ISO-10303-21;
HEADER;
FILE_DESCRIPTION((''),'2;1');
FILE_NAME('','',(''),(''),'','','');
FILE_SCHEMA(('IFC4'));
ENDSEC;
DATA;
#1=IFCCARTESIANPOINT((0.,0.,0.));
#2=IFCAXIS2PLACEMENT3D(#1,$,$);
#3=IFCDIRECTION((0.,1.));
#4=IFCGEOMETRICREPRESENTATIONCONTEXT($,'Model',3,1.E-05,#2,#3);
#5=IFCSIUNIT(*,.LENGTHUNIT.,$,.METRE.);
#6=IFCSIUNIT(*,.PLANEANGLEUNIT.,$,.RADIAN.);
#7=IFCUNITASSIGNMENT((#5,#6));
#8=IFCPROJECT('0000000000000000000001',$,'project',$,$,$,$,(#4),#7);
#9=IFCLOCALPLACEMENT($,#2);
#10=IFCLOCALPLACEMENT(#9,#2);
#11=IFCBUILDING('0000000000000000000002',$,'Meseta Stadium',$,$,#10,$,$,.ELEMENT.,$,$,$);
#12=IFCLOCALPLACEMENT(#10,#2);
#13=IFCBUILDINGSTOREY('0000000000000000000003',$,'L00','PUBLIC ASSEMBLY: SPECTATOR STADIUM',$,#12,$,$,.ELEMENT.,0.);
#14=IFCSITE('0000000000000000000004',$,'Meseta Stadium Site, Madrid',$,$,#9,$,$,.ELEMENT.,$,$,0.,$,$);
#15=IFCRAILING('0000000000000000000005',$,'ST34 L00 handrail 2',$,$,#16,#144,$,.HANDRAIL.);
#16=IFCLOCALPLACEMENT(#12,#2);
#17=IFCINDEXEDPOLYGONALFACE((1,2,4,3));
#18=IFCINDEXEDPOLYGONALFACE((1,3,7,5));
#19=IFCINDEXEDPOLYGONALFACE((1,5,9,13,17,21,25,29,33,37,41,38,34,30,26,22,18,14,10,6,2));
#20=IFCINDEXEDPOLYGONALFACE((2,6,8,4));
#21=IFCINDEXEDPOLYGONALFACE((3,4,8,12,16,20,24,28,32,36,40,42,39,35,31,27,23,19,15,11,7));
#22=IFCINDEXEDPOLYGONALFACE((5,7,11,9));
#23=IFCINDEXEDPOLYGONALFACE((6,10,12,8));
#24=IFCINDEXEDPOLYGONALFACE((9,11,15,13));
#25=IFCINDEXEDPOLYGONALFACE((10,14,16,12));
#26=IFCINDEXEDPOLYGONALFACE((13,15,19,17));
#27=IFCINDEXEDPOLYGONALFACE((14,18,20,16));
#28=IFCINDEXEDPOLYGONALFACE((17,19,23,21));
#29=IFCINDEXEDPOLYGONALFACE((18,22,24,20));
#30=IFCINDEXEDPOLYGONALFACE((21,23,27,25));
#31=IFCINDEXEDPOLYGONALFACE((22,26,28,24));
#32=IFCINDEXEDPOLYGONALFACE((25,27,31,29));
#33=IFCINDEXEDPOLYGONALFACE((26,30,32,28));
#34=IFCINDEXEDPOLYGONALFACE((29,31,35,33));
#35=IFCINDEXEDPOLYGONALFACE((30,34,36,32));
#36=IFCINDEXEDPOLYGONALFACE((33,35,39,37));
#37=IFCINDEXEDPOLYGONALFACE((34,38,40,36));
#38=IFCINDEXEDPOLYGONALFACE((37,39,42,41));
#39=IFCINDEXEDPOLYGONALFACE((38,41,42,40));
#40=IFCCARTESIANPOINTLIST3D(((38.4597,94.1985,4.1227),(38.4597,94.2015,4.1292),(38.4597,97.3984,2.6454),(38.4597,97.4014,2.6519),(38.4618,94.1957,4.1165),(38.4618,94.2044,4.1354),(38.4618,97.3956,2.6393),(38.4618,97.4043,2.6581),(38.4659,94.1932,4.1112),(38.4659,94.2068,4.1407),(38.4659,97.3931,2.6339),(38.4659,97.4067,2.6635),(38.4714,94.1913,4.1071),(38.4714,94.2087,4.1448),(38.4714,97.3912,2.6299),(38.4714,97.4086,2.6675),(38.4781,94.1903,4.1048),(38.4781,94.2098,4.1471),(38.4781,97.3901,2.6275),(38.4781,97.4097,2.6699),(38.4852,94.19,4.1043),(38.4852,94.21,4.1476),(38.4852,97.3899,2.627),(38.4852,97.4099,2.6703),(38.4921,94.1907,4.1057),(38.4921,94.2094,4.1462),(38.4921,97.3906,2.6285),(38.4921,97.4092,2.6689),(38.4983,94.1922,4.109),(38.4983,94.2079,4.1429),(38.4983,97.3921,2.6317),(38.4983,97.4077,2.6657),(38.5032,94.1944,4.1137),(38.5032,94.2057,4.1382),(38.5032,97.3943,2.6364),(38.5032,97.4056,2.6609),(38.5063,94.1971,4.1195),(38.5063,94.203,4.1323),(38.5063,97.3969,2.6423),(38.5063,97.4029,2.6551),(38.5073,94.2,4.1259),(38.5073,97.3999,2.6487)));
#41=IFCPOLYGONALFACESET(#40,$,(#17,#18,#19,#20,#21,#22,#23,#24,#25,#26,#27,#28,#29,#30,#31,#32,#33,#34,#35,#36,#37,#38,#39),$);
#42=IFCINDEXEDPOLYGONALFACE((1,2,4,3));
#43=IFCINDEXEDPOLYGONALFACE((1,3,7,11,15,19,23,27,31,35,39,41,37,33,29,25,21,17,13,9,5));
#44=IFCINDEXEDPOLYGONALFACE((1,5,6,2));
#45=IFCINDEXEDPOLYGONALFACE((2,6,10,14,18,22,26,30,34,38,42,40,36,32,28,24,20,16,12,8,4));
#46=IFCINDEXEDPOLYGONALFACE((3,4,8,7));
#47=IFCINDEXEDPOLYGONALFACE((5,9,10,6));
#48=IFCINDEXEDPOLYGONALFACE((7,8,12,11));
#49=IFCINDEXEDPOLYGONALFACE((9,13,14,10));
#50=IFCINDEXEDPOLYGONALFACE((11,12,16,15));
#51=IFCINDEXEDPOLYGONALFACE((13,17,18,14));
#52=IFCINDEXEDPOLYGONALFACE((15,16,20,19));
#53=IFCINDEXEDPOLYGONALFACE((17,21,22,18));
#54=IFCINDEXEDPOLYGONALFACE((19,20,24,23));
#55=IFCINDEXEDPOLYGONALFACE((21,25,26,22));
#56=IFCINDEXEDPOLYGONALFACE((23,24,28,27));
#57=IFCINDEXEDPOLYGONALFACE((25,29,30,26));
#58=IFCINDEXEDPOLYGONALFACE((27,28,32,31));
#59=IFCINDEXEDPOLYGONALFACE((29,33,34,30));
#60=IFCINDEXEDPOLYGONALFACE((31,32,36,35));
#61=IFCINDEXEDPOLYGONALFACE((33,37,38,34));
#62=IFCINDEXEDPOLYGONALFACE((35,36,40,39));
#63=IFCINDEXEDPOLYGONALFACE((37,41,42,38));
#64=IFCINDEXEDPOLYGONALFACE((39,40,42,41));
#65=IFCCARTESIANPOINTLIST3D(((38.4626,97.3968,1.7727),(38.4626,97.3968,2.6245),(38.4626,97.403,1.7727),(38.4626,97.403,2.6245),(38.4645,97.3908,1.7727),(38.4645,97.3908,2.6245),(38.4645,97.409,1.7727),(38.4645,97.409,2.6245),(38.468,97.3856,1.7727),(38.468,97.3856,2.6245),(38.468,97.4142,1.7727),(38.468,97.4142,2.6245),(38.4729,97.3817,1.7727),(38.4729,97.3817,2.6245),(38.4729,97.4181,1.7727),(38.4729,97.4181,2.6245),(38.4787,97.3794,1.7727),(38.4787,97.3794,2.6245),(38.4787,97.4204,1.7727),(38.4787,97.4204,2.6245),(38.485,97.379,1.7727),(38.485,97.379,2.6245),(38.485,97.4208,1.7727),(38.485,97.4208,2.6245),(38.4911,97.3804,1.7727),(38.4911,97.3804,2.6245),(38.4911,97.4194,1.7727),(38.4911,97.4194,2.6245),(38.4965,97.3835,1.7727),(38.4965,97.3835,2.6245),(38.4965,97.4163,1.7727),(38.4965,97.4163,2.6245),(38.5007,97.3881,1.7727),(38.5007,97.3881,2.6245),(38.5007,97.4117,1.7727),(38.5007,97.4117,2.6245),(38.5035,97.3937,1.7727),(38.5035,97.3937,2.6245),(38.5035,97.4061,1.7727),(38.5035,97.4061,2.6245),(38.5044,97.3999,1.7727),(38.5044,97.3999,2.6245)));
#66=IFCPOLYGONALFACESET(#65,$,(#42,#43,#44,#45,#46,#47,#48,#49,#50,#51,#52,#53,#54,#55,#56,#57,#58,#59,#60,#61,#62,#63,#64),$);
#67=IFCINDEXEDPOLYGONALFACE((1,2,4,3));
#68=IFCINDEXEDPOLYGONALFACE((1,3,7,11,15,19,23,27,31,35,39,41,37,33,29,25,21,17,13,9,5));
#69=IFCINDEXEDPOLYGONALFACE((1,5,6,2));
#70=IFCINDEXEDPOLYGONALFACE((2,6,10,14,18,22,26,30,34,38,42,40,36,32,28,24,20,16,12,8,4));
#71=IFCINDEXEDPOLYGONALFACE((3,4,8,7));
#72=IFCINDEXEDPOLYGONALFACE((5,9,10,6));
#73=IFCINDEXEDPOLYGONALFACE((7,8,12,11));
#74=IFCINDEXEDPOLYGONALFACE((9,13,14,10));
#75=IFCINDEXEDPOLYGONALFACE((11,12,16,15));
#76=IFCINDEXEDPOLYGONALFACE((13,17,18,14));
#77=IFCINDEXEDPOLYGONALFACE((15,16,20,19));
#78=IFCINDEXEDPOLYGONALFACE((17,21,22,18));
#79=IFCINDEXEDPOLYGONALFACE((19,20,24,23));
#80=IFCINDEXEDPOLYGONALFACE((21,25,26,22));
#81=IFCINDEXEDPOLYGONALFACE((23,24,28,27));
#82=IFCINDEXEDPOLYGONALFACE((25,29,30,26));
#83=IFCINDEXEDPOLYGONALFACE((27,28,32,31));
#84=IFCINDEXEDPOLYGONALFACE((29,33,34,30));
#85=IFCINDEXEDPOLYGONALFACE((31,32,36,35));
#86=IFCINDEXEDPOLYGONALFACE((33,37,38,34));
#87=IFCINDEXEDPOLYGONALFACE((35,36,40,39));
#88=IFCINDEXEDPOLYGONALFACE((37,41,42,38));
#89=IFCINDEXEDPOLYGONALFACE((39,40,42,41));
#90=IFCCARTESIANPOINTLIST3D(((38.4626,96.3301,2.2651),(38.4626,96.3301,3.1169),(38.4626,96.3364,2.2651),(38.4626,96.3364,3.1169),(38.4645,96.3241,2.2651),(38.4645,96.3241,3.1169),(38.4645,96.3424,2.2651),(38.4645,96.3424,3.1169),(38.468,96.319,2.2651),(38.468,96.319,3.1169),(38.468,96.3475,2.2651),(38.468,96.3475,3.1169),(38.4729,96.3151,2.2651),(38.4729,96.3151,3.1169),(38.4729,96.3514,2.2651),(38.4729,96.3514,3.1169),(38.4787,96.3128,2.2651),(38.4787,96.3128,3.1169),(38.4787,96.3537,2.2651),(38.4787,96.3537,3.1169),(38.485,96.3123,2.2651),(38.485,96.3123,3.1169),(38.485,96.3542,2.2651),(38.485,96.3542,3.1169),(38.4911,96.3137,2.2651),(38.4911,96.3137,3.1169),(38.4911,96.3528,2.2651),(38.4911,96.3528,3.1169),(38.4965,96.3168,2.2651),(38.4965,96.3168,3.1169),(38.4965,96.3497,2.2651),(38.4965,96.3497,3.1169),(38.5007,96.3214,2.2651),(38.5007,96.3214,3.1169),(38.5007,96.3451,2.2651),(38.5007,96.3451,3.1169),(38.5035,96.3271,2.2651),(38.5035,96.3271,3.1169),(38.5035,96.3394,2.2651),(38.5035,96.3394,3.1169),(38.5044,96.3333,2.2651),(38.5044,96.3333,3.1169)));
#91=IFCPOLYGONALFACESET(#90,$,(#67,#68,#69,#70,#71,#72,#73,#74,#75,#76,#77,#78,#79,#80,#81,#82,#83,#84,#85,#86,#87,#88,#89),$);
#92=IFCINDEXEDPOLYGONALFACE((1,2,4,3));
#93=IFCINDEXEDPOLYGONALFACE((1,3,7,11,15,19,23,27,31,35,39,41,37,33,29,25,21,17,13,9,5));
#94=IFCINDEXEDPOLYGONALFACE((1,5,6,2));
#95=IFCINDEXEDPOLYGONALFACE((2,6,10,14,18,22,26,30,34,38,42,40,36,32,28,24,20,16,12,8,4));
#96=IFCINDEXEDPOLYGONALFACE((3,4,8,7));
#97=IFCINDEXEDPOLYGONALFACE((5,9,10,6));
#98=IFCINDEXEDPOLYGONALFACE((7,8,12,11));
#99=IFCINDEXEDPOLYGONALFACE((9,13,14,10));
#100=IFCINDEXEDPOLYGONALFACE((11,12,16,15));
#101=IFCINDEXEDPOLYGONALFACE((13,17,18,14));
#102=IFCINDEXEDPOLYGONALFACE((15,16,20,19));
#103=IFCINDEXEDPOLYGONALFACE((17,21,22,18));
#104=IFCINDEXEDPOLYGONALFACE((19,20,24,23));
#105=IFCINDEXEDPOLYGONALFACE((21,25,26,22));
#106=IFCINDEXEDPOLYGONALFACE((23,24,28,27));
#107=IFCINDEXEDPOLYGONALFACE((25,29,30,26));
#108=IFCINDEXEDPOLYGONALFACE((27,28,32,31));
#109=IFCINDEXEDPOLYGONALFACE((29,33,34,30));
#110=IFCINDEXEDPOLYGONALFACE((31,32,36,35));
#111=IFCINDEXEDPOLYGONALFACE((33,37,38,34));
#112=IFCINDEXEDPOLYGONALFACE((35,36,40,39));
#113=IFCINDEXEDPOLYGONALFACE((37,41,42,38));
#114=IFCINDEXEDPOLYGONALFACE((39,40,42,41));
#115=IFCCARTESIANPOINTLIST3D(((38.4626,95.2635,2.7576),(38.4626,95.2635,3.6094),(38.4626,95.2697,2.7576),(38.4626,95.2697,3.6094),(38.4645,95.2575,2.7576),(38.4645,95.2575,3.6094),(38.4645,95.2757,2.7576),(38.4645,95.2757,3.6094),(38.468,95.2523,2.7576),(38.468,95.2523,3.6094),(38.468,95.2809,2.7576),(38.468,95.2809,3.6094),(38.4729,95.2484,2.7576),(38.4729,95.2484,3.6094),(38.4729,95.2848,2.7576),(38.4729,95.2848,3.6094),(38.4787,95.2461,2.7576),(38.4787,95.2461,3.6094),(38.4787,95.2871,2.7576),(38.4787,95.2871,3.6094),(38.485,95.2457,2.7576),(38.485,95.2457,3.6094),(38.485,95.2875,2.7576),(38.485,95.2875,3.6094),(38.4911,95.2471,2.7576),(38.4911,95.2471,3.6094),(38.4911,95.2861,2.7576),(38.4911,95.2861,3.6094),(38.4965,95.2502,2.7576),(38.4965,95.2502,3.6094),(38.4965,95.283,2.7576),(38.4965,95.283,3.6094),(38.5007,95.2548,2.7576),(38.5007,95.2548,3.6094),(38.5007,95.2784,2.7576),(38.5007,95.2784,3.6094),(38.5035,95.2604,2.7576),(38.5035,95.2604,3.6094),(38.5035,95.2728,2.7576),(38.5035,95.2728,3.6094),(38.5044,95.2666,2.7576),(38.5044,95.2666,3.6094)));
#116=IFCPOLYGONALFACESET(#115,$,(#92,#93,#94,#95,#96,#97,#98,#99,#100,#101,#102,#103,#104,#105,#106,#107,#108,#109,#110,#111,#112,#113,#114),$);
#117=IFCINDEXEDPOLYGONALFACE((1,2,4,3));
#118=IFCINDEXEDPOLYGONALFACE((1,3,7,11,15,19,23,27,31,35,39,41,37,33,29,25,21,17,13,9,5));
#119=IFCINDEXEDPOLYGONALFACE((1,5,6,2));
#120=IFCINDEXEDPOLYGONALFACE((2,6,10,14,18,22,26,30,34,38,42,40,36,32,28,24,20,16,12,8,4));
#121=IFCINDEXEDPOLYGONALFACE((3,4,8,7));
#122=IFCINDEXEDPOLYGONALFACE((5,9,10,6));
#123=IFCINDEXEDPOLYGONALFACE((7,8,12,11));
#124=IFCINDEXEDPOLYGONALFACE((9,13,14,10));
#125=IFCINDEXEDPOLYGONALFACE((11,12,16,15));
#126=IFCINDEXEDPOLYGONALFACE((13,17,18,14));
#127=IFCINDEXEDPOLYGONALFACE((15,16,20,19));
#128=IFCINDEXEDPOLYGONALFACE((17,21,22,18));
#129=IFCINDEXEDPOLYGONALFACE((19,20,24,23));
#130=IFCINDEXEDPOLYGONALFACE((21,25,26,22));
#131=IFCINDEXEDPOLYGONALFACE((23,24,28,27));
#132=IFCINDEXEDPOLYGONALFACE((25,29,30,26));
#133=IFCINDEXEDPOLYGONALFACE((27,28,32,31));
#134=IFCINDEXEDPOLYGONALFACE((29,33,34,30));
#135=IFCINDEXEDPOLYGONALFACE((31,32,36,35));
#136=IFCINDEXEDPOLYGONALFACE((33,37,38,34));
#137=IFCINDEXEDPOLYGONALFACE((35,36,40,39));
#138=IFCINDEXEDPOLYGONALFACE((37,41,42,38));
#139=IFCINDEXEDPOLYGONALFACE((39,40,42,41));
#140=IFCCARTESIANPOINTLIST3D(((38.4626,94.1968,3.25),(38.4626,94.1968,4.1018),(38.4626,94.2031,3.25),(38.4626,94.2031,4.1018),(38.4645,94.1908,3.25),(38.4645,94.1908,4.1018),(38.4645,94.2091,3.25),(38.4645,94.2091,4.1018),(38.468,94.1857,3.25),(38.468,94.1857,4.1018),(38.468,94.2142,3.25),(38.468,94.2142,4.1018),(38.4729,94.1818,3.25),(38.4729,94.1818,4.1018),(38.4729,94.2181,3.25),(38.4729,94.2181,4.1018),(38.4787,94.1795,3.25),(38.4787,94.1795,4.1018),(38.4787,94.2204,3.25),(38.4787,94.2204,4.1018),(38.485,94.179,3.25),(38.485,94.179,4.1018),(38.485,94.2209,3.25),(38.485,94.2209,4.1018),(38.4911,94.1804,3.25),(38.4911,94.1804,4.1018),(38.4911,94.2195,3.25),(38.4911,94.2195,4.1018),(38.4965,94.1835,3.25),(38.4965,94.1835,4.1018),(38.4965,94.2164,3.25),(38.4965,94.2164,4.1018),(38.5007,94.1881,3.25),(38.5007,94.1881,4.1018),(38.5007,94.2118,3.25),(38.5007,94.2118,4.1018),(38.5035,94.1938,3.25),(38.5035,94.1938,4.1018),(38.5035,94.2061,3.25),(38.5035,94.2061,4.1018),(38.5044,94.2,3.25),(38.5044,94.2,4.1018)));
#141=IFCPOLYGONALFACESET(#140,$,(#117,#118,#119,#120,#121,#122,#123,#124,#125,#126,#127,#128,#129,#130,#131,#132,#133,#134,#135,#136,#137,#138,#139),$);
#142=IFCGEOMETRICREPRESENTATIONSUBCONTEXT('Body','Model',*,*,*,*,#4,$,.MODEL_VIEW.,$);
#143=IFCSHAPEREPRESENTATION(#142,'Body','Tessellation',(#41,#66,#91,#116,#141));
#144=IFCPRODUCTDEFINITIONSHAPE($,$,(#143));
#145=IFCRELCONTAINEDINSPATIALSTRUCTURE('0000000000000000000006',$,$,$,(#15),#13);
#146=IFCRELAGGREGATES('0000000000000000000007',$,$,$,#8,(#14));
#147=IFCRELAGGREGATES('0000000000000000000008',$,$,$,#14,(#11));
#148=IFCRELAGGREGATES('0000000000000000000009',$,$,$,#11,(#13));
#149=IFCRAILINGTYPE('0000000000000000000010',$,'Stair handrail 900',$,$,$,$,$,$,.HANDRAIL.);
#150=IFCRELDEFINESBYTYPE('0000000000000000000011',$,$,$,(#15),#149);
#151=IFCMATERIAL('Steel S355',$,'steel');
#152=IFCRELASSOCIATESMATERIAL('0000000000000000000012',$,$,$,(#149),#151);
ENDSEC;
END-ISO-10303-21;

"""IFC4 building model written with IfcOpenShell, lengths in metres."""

from ifc_helpers import new_model, si_unit, direction, frame, origin, origin_2d, place, context, subcontext, project, spatial, circle, extrude, material, type_object, element, save


model = new_model("IFC4")

# Units and contexts
model_context = context("Model", 3, precision=1e-05, world=origin(), true_north=direction((0.0, 1.0)))
body_context = subcontext(model_context, "Body", "Model", "MODEL_VIEW")
ifc_project = project(units=[si_unit("LENGTHUNIT", "METRE"), si_unit("PLANEANGLEUNIT", "RADIAN")], contexts=[model_context])

# Site, building, storey
site_placement = place(None, origin())
site = spatial("IfcSite", under=ifc_project, at=site_placement, Name="Meseta Stadium Site, Madrid", CompositionType="ELEMENT", RefElevation=0.0)
building_placement = place(site_placement, origin())
building = spatial("IfcBuilding", under=site, at=building_placement, Name="Meseta Stadium", CompositionType="ELEMENT")
storey_placement = place(building_placement, origin())
storey = spatial("IfcBuildingStorey", under=building, at=storey_placement, Name="L00", Description="PUBLIC ASSEMBLY: SPECTATOR STADIUM", CompositionType="ELEMENT", Elevation=0.0)

# Railing
ifc_material_1 = material(Name="Steel S355", Category="steel")
railing_type_1 = type_object("IfcRailingType", Name="Stair handrail 900", PredefinedType="HANDRAIL", material=ifc_material_1)
for number, where, name in (
    (1, (38.4834, 97.3999, 1.7727), "ST34 L00 handrail 2"),
):
    element("IfcRailing", number, at=place(storey_placement, frame(where)), inside=storey, type_object=railing_type_1, Name=name, PredefinedType="HANDRAIL", context=body_context, shape_type="SweptSolid", body=[
        extrude(circle(Radius=0.0239, at=origin_2d()), frame((0.0, 0.0, 0.876), z_axis=(0.0, -0.907917, 0.41915), x_axis=(1.0, 0.0, 0.0)), (0.0, 0.0, 1.0), 3.5244),
        extrude(circle(Radius=0.021, at=origin_2d()), origin(), (0.0, 0.0, 1.0), 0.8518),
        extrude(circle(Radius=0.021, at=origin_2d()), frame((0.0, -1.0667, 0.4924)), (0.0, 0.0, 1.0), 0.8518),
        extrude(circle(Radius=0.021, at=origin_2d()), frame((0.0, -2.1333, 0.9849)), (0.0, 0.0, 1.0), 0.8518),
        extrude(circle(Radius=0.021, at=origin_2d()), frame((0.0, -3.2, 1.4773)), (0.0, 0.0, 1.0), 0.8518),
    ])

save(model, "model.ifc")
